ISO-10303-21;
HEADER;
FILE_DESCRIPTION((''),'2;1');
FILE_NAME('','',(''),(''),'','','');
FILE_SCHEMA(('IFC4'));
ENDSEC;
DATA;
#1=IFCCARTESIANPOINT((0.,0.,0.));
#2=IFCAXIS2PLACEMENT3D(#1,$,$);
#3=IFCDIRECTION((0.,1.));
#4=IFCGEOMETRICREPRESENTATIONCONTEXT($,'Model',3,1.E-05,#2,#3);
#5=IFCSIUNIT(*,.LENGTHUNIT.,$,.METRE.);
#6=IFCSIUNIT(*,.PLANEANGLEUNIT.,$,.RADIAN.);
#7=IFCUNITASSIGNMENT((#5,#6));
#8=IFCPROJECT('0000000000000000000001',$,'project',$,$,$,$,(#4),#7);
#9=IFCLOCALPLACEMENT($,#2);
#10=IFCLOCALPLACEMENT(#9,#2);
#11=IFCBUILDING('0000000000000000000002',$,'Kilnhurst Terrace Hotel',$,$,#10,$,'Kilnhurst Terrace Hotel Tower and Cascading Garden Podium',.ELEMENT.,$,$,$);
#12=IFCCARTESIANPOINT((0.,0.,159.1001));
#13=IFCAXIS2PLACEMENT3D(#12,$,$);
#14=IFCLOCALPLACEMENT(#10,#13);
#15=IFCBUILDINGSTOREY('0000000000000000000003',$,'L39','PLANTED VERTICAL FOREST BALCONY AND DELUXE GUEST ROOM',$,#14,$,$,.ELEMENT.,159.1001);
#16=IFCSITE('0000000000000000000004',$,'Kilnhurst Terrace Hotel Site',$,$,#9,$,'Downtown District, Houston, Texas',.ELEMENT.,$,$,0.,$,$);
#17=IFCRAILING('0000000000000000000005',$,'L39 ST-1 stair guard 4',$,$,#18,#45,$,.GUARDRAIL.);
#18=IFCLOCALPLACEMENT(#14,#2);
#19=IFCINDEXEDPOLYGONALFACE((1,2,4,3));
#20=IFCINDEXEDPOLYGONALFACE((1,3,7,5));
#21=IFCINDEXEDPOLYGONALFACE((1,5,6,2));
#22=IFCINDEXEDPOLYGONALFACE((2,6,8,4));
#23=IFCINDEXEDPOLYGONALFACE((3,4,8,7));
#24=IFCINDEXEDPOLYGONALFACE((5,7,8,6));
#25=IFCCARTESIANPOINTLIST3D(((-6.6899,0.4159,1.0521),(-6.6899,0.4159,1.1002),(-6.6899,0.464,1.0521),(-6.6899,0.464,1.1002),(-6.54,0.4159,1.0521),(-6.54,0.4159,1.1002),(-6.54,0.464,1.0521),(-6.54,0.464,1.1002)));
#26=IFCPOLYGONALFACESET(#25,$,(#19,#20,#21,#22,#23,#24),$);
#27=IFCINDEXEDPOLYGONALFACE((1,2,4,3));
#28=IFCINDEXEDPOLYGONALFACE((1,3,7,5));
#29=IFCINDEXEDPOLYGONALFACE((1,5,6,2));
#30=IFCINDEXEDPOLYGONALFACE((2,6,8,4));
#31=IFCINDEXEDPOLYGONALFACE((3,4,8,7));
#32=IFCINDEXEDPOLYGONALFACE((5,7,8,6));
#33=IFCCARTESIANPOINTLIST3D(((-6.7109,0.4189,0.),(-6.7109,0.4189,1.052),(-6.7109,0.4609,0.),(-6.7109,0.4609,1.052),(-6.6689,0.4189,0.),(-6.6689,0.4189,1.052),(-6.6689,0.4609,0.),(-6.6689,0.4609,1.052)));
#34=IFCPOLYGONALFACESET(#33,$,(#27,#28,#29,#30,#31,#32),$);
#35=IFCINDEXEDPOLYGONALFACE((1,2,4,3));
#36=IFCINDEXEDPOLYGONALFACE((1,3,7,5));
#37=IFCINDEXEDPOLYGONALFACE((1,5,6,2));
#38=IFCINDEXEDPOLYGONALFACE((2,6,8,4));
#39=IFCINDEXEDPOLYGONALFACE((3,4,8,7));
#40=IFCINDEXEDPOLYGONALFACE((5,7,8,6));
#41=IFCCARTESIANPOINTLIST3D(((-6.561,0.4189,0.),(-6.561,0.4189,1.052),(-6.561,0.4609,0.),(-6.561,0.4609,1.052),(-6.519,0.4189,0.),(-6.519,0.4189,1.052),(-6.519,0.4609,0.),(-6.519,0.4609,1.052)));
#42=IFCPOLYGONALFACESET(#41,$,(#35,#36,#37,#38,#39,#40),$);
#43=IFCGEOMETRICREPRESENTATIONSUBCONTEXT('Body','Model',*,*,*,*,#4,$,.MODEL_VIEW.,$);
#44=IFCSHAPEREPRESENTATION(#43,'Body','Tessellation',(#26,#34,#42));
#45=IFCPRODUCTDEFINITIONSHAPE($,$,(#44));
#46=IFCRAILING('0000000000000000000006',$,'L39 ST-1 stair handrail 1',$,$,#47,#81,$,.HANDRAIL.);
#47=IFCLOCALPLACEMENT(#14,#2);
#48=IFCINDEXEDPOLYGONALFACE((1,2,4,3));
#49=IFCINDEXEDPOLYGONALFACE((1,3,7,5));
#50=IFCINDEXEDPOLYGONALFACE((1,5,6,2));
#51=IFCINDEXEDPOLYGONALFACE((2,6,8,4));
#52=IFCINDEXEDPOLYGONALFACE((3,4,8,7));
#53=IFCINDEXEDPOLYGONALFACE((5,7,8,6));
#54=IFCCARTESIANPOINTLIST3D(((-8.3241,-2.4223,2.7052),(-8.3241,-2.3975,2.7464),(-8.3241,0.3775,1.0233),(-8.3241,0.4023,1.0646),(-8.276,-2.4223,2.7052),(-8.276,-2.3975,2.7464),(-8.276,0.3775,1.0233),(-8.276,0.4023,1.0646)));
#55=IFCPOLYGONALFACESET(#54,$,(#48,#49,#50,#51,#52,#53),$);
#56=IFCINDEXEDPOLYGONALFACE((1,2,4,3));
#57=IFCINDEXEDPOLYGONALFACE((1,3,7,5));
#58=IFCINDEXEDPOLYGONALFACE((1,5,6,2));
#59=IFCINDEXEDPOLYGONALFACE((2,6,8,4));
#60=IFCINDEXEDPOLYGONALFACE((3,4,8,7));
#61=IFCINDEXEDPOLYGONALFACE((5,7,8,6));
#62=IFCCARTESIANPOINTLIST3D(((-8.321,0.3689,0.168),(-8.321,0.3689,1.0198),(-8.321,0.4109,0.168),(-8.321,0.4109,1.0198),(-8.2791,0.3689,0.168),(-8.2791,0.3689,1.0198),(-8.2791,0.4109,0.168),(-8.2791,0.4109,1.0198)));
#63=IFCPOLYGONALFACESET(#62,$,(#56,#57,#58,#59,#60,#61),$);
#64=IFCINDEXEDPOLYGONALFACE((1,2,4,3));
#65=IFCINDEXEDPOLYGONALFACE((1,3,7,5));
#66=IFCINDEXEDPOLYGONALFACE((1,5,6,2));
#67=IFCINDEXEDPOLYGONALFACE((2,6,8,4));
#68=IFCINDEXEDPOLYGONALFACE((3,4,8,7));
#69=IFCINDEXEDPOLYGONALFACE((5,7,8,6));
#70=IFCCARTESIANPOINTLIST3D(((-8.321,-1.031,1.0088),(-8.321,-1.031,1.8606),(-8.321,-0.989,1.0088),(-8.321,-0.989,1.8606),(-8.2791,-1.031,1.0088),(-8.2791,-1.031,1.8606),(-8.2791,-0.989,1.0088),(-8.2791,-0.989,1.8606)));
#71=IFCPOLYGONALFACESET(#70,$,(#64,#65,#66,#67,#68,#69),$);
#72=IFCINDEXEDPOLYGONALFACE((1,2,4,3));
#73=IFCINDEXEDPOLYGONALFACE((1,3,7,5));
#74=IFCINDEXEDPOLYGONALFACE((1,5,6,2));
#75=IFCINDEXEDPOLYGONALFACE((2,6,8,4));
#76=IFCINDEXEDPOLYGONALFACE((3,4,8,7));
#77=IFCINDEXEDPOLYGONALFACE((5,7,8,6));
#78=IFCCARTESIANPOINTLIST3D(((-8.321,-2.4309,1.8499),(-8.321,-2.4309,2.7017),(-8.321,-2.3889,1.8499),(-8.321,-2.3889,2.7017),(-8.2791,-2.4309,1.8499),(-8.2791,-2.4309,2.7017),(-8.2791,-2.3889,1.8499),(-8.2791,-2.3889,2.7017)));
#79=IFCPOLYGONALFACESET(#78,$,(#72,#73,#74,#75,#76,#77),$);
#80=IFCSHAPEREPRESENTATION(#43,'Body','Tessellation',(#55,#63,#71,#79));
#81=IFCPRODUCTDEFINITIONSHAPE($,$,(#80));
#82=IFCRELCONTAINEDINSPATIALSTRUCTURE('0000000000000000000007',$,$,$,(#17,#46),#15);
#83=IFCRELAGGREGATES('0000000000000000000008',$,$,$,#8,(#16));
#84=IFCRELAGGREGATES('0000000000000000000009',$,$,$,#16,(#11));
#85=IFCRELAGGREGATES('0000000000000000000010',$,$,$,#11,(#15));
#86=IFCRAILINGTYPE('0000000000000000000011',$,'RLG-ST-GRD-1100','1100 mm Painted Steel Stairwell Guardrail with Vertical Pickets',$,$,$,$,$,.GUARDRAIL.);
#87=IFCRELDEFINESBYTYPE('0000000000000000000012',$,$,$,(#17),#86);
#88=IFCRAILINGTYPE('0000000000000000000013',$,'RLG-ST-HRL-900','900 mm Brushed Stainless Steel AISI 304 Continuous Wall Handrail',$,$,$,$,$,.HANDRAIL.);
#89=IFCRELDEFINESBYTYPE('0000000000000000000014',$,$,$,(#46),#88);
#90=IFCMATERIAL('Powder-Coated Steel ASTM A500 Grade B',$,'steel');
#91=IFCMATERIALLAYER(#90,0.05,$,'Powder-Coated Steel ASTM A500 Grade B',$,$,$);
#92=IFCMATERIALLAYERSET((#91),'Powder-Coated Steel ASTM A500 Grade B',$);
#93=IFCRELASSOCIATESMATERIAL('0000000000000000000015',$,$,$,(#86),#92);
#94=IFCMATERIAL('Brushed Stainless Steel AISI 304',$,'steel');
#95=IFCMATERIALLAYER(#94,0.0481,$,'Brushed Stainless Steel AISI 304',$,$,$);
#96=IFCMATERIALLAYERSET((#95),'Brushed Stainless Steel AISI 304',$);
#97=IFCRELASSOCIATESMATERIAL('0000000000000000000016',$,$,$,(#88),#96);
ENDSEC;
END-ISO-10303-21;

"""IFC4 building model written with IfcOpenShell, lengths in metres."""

from ifc_helpers import new_model, si_unit, direction, frame, origin, origin_2d, place, context, subcontext, project, spatial, rectangle, extrude, material, layer, layer_set, type_object, element, save


model = new_model("IFC4")

# Units and contexts
model_context = context("Model", 3, precision=1e-05, world=origin(), true_north=direction((0.0, 1.0)))
body_context = subcontext(model_context, "Body", "Model", "MODEL_VIEW")
ifc_project = project(units=[si_unit("LENGTHUNIT", "METRE"), si_unit("PLANEANGLEUNIT", "RADIAN")], contexts=[model_context])

# Site, building, storey
site_placement = place(None, origin())
site = spatial("IfcSite", under=ifc_project, at=site_placement, Name="Kilnhurst Terrace Hotel Site", LongName="Downtown District, Houston, Texas", CompositionType="ELEMENT", RefElevation=0.0)
building_placement = place(site_placement, origin())
building = spatial("IfcBuilding", under=site, at=building_placement, Name="Kilnhurst Terrace Hotel", LongName="Kilnhurst Terrace Hotel Tower and Cascading Garden Podium", CompositionType="ELEMENT")
storey_placement = place(building_placement, frame((0.0, 0.0, 159.1001)))
storey = spatial("IfcBuildingStorey", under=building, at=storey_placement, Name="L39", Description="PLANTED VERTICAL FOREST BALCONY AND DELUXE GUEST ROOM", CompositionType="ELEMENT", Elevation=159.1001)

# Railings
ifc_material_1 = material(Name="Powder-Coated Steel ASTM A500 Grade B", Category="steel")
ifc_layer_1 = layer(ifc_material_1, 0.05, Name="Powder-Coated Steel ASTM A500 Grade B")
ifc_layer_set_1 = layer_set([ifc_layer_1], Name="Powder-Coated Steel ASTM A500 Grade B")
railing_type_1 = type_object("IfcRailingType", Name="RLG-ST-GRD-1100", Description="1100 mm Painted Steel Stairwell Guardrail with Vertical Pickets", PredefinedType="GUARDRAIL", material=ifc_layer_set_1)
railing_1_placement = place(storey_placement, frame((-6.6899, 0.4399, 0.0)))
element("IfcRailing", 1, at=railing_1_placement, inside=storey, type_object=railing_type_1, Name="L39 ST-1 stair guard 4", PredefinedType="GUARDRAIL", context=body_context, shape_type="SweptSolid", body=[
    extrude(rectangle(XDim=0.0481, YDim=0.0481, at=origin_2d()), frame((0.0, 0.0, 1.0762), z_axis=(1.0, 0.0, 0.0), x_axis=(0.0, 1.0, 0.0)), (0.0, 0.0, 1.0), 0.1499),
    extrude(rectangle(XDim=0.042, YDim=0.042, at=origin_2d()), origin(), (0.0, 0.0, 1.0), 1.052),
    extrude(rectangle(XDim=0.042, YDim=0.042, at=origin_2d()), frame((0.1499, 0.0, 0.0)), (0.0, 0.0, 1.0), 1.052),
])
ifc_material_2 = material(Name="Brushed Stainless Steel AISI 304", Category="steel")
ifc_layer_2 = layer(ifc_material_2, 0.0481, Name="Brushed Stainless Steel AISI 304")
ifc_layer_set_2 = layer_set([ifc_layer_2], Name="Brushed Stainless Steel AISI 304")
railing_type_2 = type_object("IfcRailingType", Name="RLG-ST-HRL-900", Description="900 mm Brushed Stainless Steel AISI 304 Continuous Wall Handrail", PredefinedType="HANDRAIL", material=ifc_layer_set_2)
railing_2_placement = place(storey_placement, frame((-8.3, 0.3899, 0.168)))
element("IfcRailing", 2, at=railing_2_placement, inside=storey, type_object=railing_type_2, Name="L39 ST-1 stair handrail 1", PredefinedType="HANDRAIL", context=body_context, shape_type="SweptSolid", body=[
    extrude(rectangle(XDim=0.0481, YDim=0.0481, at=origin_2d()), frame((0.0, 0.0, 0.876), z_axis=(0.0, -0.857222, 0.514946), x_axis=(1.0, 0.0, 0.0)), (0.0, 0.0, 1.0), 3.2661),
    extrude(rectangle(XDim=0.042, YDim=0.042, at=origin_2d()), origin(), (0.0, 0.0, 1.0), 0.8518),
    extrude(rectangle(XDim=0.042, YDim=0.042, at=origin_2d()), frame((0.0, -1.3999, 0.8408)), (0.0, 0.0, 1.0), 0.8518),
    extrude(rectangle(XDim=0.042, YDim=0.042, at=origin_2d()), frame((0.0, -2.7998, 1.6819)), (0.0, 0.0, 1.0), 0.8518),
])

save(model, "model.ifc")
